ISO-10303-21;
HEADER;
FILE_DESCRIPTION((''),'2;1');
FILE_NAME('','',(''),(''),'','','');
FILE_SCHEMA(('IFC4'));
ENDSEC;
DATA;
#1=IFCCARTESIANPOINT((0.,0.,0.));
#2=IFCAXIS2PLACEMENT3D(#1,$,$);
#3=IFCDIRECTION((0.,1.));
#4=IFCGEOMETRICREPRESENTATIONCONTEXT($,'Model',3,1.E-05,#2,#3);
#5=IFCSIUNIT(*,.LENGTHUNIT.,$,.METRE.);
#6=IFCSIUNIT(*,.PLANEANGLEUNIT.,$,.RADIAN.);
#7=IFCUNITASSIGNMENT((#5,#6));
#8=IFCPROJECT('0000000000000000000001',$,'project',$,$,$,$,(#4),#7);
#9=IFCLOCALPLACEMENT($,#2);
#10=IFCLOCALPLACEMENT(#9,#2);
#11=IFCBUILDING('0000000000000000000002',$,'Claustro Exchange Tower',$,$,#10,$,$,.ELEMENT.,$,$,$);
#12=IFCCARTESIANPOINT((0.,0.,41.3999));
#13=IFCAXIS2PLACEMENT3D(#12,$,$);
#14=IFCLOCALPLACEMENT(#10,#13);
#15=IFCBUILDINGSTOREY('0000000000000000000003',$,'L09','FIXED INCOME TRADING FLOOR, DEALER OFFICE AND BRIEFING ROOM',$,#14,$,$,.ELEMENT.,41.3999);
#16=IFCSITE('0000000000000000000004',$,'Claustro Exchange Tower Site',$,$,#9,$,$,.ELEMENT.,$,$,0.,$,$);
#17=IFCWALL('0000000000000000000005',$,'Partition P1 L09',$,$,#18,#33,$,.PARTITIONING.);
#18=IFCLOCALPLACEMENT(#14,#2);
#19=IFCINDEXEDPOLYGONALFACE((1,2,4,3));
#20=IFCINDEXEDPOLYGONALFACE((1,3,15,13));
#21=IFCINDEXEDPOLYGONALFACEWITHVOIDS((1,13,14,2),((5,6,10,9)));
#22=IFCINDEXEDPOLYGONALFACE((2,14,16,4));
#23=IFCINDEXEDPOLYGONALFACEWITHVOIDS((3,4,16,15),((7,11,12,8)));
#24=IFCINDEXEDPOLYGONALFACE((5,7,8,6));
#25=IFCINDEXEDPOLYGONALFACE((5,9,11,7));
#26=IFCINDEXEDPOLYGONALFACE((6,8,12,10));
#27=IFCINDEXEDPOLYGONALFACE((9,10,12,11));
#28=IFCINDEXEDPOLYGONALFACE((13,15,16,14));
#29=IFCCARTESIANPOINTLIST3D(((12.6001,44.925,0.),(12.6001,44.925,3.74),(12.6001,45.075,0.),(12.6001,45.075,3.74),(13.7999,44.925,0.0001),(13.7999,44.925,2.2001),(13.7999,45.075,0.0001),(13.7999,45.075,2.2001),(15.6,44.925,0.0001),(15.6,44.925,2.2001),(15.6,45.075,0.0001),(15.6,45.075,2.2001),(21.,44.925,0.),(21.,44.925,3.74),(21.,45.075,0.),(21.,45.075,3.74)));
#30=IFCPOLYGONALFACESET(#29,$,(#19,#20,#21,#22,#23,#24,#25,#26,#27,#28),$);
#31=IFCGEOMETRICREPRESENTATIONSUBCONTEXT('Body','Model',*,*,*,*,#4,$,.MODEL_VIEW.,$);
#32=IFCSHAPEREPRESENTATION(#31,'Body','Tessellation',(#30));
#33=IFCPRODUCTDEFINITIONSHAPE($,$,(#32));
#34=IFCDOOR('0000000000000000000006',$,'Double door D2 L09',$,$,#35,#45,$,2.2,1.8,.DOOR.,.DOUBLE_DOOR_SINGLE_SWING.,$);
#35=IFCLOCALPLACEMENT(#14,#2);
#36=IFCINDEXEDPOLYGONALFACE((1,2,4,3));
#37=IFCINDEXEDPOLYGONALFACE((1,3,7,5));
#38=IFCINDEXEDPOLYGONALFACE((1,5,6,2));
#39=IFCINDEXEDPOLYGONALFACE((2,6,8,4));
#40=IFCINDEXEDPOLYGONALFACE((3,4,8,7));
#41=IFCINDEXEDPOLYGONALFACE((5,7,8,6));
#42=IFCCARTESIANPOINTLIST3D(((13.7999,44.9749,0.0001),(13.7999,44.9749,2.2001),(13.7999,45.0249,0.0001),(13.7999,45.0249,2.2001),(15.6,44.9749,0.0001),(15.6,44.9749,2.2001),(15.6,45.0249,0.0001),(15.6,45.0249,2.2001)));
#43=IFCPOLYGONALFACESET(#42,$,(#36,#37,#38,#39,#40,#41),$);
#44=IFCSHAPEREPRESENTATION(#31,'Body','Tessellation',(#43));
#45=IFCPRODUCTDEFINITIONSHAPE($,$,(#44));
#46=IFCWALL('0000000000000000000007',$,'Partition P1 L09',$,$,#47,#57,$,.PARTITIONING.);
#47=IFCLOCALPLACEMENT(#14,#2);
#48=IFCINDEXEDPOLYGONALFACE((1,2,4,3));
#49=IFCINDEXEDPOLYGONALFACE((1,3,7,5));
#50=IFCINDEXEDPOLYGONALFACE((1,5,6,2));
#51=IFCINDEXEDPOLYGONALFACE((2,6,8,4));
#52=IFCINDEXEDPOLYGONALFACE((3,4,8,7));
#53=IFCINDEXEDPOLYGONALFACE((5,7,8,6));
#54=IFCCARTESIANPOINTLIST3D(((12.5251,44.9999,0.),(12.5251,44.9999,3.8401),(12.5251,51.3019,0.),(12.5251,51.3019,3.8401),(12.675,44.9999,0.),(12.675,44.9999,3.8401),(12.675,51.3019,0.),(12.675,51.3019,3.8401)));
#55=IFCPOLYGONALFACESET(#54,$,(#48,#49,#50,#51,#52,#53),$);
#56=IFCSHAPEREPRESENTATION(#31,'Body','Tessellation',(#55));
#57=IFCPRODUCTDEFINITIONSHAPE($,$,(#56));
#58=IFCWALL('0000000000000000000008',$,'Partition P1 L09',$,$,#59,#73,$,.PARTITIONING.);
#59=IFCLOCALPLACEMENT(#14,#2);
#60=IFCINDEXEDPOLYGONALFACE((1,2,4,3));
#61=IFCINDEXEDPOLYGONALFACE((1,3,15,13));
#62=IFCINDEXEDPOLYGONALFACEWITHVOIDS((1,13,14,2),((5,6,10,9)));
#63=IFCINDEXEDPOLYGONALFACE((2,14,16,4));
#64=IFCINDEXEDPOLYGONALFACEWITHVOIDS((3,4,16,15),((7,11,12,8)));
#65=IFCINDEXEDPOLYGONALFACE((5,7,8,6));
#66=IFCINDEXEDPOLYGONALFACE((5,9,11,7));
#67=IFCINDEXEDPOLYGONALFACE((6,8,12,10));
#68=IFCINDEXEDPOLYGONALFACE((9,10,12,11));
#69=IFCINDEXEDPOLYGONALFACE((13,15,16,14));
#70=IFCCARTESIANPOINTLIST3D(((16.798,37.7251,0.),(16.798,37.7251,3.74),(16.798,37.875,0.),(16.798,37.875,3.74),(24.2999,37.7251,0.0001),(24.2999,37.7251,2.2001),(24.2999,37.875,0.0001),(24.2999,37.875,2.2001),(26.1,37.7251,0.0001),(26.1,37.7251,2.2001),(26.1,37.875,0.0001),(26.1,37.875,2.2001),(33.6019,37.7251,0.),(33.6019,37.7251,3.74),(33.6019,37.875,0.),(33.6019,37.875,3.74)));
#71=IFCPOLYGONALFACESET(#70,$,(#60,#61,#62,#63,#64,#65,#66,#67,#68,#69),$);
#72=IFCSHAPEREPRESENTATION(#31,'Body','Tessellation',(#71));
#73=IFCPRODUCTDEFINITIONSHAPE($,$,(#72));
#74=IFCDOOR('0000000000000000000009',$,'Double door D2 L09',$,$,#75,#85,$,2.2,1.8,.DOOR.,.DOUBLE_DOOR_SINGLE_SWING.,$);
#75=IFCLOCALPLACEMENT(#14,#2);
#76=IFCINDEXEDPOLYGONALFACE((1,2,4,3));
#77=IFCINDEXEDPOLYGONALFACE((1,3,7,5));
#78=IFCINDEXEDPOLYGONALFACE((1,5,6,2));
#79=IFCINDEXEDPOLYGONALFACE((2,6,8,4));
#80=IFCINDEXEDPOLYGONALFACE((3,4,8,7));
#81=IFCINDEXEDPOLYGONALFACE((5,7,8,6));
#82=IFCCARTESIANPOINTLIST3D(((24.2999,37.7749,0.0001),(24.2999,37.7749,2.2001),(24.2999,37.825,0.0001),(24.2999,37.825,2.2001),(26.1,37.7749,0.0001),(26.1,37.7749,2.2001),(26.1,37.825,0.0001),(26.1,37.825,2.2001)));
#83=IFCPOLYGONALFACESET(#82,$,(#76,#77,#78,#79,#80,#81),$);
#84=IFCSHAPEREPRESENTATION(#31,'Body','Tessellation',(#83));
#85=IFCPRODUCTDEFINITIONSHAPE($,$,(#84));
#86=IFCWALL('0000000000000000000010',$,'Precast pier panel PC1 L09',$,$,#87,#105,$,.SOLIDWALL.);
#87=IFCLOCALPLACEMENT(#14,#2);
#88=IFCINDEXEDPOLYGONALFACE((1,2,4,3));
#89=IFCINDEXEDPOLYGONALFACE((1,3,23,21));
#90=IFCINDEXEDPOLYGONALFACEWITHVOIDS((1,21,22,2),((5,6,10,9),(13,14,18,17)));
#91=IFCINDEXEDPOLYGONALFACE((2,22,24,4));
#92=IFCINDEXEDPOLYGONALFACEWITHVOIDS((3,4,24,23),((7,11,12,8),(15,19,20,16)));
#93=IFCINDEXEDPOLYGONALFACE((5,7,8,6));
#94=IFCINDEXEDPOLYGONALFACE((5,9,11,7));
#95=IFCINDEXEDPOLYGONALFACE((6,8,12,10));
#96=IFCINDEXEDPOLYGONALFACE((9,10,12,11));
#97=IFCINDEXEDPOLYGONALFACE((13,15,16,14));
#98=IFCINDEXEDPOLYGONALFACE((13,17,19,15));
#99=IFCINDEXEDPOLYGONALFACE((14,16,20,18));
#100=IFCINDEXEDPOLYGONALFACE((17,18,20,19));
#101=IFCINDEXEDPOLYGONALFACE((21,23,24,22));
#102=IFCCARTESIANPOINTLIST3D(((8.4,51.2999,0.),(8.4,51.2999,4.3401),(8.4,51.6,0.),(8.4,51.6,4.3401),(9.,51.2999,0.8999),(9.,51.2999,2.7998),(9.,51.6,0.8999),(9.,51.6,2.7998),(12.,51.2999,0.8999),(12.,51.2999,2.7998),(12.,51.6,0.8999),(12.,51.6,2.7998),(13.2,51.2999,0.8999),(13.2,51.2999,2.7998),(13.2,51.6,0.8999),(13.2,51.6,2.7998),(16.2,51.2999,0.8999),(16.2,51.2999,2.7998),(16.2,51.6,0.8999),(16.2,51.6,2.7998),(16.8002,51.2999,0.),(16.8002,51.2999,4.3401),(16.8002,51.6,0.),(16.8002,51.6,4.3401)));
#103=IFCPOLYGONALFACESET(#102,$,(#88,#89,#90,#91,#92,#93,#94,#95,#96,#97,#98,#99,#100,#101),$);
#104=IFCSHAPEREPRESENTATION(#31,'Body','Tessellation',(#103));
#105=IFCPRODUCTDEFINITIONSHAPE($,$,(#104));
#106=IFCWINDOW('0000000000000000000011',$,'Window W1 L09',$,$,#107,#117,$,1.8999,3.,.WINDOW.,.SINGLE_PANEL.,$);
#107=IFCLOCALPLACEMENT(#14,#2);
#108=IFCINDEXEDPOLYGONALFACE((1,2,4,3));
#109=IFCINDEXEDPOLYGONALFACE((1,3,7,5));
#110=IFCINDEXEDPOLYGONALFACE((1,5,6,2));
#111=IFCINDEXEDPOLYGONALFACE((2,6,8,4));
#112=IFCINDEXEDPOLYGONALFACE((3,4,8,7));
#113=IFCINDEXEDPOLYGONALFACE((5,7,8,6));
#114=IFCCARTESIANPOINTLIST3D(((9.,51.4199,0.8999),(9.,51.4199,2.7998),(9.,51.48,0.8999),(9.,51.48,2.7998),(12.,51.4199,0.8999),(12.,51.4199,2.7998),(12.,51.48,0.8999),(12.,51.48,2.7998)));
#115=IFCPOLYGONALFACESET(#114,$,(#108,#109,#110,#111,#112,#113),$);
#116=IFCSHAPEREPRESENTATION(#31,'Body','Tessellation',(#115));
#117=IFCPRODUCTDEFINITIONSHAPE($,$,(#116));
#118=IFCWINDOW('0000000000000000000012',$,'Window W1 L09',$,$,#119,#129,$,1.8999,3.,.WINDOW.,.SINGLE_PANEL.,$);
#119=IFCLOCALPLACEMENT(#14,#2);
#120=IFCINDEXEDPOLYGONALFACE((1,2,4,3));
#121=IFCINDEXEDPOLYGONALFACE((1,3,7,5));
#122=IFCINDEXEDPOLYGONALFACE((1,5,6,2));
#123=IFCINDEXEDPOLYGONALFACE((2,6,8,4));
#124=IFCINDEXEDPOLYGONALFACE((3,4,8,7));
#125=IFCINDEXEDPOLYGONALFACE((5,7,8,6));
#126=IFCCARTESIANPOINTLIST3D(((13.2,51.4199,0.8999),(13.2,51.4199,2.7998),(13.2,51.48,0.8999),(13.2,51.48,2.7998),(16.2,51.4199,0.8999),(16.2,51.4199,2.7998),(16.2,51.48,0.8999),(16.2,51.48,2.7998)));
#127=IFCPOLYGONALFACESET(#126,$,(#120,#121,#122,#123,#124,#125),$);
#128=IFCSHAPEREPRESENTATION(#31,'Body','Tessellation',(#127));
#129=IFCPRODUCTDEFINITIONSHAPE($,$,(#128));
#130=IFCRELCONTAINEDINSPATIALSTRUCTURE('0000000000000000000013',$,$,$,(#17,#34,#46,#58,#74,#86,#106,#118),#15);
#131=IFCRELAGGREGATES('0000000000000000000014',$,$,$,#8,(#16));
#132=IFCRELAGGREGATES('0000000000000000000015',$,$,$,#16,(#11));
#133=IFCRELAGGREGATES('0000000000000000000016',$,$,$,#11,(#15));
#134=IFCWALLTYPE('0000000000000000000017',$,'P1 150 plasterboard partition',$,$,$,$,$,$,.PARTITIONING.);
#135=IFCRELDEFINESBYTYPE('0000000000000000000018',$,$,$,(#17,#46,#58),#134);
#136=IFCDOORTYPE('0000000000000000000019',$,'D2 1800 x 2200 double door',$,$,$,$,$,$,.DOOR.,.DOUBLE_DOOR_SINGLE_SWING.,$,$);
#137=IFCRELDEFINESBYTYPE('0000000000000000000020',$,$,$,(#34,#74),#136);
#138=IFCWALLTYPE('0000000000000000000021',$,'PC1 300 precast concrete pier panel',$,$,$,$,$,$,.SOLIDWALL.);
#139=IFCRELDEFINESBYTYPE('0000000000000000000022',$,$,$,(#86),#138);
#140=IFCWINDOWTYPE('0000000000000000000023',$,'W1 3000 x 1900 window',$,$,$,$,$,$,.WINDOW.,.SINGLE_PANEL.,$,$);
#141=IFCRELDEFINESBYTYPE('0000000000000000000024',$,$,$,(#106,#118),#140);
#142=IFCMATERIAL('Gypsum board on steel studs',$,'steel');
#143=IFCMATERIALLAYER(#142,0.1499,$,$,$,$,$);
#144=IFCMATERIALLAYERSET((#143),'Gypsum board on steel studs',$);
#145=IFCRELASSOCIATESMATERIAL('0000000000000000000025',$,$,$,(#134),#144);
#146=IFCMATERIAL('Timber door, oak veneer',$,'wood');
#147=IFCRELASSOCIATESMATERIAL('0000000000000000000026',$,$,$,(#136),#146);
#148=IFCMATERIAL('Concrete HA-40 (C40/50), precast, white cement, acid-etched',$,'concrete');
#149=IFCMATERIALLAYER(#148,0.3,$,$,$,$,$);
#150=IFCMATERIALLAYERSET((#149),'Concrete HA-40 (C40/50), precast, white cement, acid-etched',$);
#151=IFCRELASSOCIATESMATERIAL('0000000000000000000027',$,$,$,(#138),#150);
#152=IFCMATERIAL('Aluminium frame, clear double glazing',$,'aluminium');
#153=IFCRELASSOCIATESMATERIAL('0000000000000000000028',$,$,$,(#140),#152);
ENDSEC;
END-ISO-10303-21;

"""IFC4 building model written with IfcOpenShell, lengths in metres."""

from ifc_helpers import new_model, si_unit, direction, frame, frame_2d, origin, place, context, subcontext, project, spatial, rectangle, extrude, material, layer, layer_set, type_object, element, fill, save


model = new_model("IFC4")

# Units and contexts
model_context = context("Model", 3, precision=1e-05, world=origin(), true_north=direction((0.0, 1.0)))
body_context = subcontext(model_context, "Body", "Model", "MODEL_VIEW")
ifc_project = project(units=[si_unit("LENGTHUNIT", "METRE"), si_unit("PLANEANGLEUNIT", "RADIAN")], contexts=[model_context])

# Site, building, storey
site_placement = place(None, origin())
site = spatial("IfcSite", under=ifc_project, at=site_placement, Name="Claustro Exchange Tower Site", CompositionType="ELEMENT", RefElevation=0.0)
building_placement = place(site_placement, origin())
building = spatial("IfcBuilding", under=site, at=building_placement, Name="Claustro Exchange Tower", CompositionType="ELEMENT")
storey_placement = place(building_placement, frame((0.0, 0.0, 41.3999)))
storey = spatial("IfcBuildingStorey", under=building, at=storey_placement, Name="L09", Description="FIXED INCOME TRADING FLOOR, DEALER OFFICE AND BRIEFING ROOM", CompositionType="ELEMENT", Elevation=41.3999)

# Wall, opening, door
ifc_material_1 = material(Name="Gypsum board on steel studs", Category="steel")
ifc_layer_1 = layer(ifc_material_1, 0.1499)
ifc_layer_set_1 = layer_set([ifc_layer_1], Name="Gypsum board on steel studs")
wall_type_1 = type_object("IfcWallType", Name="P1 150 plasterboard partition", PredefinedType="PARTITIONING", material=ifc_layer_set_1)
wall_1_placement = place(storey_placement, frame((12.6001, 45.0, 0.0), z_axis=(0.0, 0.0, 1.0), x_axis=(1.0, 0.0, 0.0)))
wall_1 = element("IfcWall", 1, at=wall_1_placement, inside=storey, type_object=wall_type_1, Name="Partition P1 L09", PredefinedType="PARTITIONING", context=body_context, shape_type="SweptSolid", body=[
    extrude(rectangle(XDim=8.3999, YDim=0.1499, at=frame_2d((4.2, 0.0))), origin(), (0.0, 0.0, 1.0), 3.74),
])
opening_1_placement = place(wall_1_placement, frame((1.2, 0.0, 0.0)))
opening_1 = element("IfcOpeningElement", 2, at=opening_1_placement, cuts=wall_1, PredefinedType="OPENING", context=body_context, shape_type="SweptSolid", body=[
    extrude(rectangle(XDim=1.8, YDim=2.2, at=frame_2d((0.8999, 1.1001))), frame((0.0, 0.085, 0.0), z_axis=(0.0, -1.0, 0.0), x_axis=(1.0, 0.0, 0.0)), (0.0, 0.0, 1.0), 0.1699),
])
ifc_material_2 = material(Name="Timber door, oak veneer", Category="wood")
door_type = type_object("IfcDoorType", Name="D2 1800 x 2200 double door", OperationType="DOUBLE_DOOR_SINGLE_SWING", PredefinedType="DOOR", material=ifc_material_2)
door_1_placement = place(opening_1_placement, origin())
door_1 = element("IfcDoor", 3, at=door_1_placement, inside=storey, type_object=door_type, Name="Double door D2 L09", OperationType="DOUBLE_DOOR_SINGLE_SWING", OverallHeight=2.2, OverallWidth=1.8, PredefinedType="DOOR", context=body_context, shape_type="SweptSolid", body=[
    extrude(rectangle(XDim=1.8, YDim=2.2, at=frame_2d((0.8999, 1.1001))), frame((0.0, 0.0249, 0.0), z_axis=(0.0, -1.0, 0.0), x_axis=(1.0, 0.0, 0.0)), (0.0, 0.0, 1.0), 0.05),
])
fill(opening_1, door_1)

# Wall
wall_2_placement = place(storey_placement, frame((12.6001, 45.0, 0.0), z_axis=(0.0, 0.0, 1.0), x_axis=(0.0, 1.0, 0.0)))
element("IfcWall", 4, at=wall_2_placement, inside=storey, type_object=wall_type_1, Name="Partition P1 L09", PredefinedType="PARTITIONING", context=body_context, shape_type="SweptSolid", body=[
    extrude(rectangle(XDim=6.302, YDim=0.1499, at=frame_2d((3.1509, 0.0))), origin(), (0.0, 0.0, 1.0), 3.8401),
])

# Wall, opening, door
wall_3_placement = place(storey_placement, frame((16.7981, 37.8, 0.0), z_axis=(0.0, 0.0, 1.0), x_axis=(1.0, 0.0, 0.0)))
wall_3 = element("IfcWall", 5, at=wall_3_placement, inside=storey, type_object=wall_type_1, Name="Partition P1 L09", PredefinedType="PARTITIONING", context=body_context, shape_type="SweptSolid", body=[
    extrude(rectangle(XDim=16.804, YDim=0.1499, at=frame_2d((8.4019, 0.0))), origin(), (0.0, 0.0, 1.0), 3.74),
])
opening_2_placement = place(wall_3_placement, frame((7.502, 0.0, 0.0)))
opening_2 = element("IfcOpeningElement", 6, at=opening_2_placement, cuts=wall_3, PredefinedType="OPENING", context=body_context, shape_type="SweptSolid", body=[
    extrude(rectangle(XDim=1.8, YDim=2.2, at=frame_2d((0.8999, 1.1001))), frame((0.0, 0.085, 0.0), z_axis=(0.0, -1.0, 0.0), x_axis=(1.0, 0.0, 0.0)), (0.0, 0.0, 1.0), 0.1699),
])
door_2_placement = place(opening_2_placement, origin())
door_2 = element("IfcDoor", 7, at=door_2_placement, inside=storey, type_object=door_type, Name="Double door D2 L09", OperationType="DOUBLE_DOOR_SINGLE_SWING", OverallHeight=2.2, OverallWidth=1.8, PredefinedType="DOOR", context=body_context, shape_type="SweptSolid", body=[
    extrude(rectangle(XDim=1.8, YDim=2.2, at=frame_2d((0.8999, 1.1001))), frame((0.0, 0.0249, 0.0), z_axis=(0.0, -1.0, 0.0), x_axis=(1.0, 0.0, 0.0)), (0.0, 0.0, 1.0), 0.05),
])
fill(opening_2, door_2)

# Wall, openings, windows
ifc_material_3 = material(Name="Concrete HA-40 (C40/50), precast, white cement, acid-etched", Category="concrete")
ifc_layer_2 = layer(ifc_material_3, 0.3)
ifc_layer_set_2 = layer_set([ifc_layer_2], Name="Concrete HA-40 (C40/50), precast, white cement, acid-etched")
wall_type_2 = type_object("IfcWallType", Name="PC1 300 precast concrete pier panel", PredefinedType="SOLIDWALL", material=ifc_layer_set_2)
wall_4_placement = place(storey_placement, frame((8.3999, 51.45, 0.0), z_axis=(0.0, 0.0, 1.0), x_axis=(1.0, 0.0, 0.0)))
wall_4 = element("IfcWall", 8, at=wall_4_placement, inside=storey, type_object=wall_type_2, Name="Precast pier panel PC1 L09", PredefinedType="SOLIDWALL", context=body_context, shape_type="SweptSolid", body=[
    extrude(rectangle(XDim=8.4001, YDim=0.3, at=frame_2d((4.2002, 0.0))), origin(), (0.0, 0.0, 1.0), 4.3401),
])
opening_3_placement = place(wall_4_placement, frame((0.6001, 0.0, 0.8999)))
opening_3 = element("IfcOpeningElement", 9, at=opening_3_placement, cuts=wall_4, PredefinedType="OPENING", context=body_context, shape_type="SweptSolid", body=[
    extrude(rectangle(XDim=3.0, YDim=1.8999, at=frame_2d((1.5, 0.95))), frame((0.0, 0.1599, 0.0), z_axis=(0.0, -1.0, 0.0), x_axis=(1.0, 0.0, 0.0)), (0.0, 0.0, 1.0), 0.3201),
])
opening_4_placement = place(wall_4_placement, frame((4.8, 0.0, 0.8999)))
opening_4 = element("IfcOpeningElement", 10, at=opening_4_placement, cuts=wall_4, PredefinedType="OPENING", context=body_context, shape_type="SweptSolid", body=[
    extrude(rectangle(XDim=3.0, YDim=1.8999, at=frame_2d((1.5, 0.95))), frame((0.0, 0.1599, 0.0), z_axis=(0.0, -1.0, 0.0), x_axis=(1.0, 0.0, 0.0)), (0.0, 0.0, 1.0), 0.3201),
])
ifc_material_4 = material(Name="Aluminium frame, clear double glazing", Category="aluminium")
window_type = type_object("IfcWindowType", Name="W1 3000 x 1900 window", PartitioningType="SINGLE_PANEL", PredefinedType="WINDOW", material=ifc_material_4)
window_1_placement = place(opening_3_placement, origin())
window_1 = element("IfcWindow", 11, at=window_1_placement, inside=storey, type_object=window_type, Name="Window W1 L09", OverallHeight=1.8999, OverallWidth=3.0, PartitioningType="SINGLE_PANEL", PredefinedType="WINDOW", context=body_context, shape_type="SweptSolid", body=[
    extrude(rectangle(XDim=3.0, YDim=1.8999, at=frame_2d((1.5, 0.95))), frame((0.0, 0.03, 0.0), z_axis=(0.0, -1.0, 0.0), x_axis=(1.0, 0.0, 0.0)), (0.0, 0.0, 1.0), 0.0601),
])
fill(opening_3, window_1)
window_2_placement = place(opening_4_placement, origin())
window_2 = element("IfcWindow", 12, at=window_2_placement, inside=storey, type_object=window_type, Name="Window W1 L09", OverallHeight=1.8999, OverallWidth=3.0, PartitioningType="SINGLE_PANEL", PredefinedType="WINDOW", context=body_context, shape_type="SweptSolid", body=[
    extrude(rectangle(XDim=3.0, YDim=1.8999, at=frame_2d((1.5, 0.95))), frame((0.0, 0.03, 0.0), z_axis=(0.0, -1.0, 0.0), x_axis=(1.0, 0.0, 0.0)), (0.0, 0.0, 1.0), 0.0601),
])
fill(opening_4, window_2)

save(model, "model.ifc")
